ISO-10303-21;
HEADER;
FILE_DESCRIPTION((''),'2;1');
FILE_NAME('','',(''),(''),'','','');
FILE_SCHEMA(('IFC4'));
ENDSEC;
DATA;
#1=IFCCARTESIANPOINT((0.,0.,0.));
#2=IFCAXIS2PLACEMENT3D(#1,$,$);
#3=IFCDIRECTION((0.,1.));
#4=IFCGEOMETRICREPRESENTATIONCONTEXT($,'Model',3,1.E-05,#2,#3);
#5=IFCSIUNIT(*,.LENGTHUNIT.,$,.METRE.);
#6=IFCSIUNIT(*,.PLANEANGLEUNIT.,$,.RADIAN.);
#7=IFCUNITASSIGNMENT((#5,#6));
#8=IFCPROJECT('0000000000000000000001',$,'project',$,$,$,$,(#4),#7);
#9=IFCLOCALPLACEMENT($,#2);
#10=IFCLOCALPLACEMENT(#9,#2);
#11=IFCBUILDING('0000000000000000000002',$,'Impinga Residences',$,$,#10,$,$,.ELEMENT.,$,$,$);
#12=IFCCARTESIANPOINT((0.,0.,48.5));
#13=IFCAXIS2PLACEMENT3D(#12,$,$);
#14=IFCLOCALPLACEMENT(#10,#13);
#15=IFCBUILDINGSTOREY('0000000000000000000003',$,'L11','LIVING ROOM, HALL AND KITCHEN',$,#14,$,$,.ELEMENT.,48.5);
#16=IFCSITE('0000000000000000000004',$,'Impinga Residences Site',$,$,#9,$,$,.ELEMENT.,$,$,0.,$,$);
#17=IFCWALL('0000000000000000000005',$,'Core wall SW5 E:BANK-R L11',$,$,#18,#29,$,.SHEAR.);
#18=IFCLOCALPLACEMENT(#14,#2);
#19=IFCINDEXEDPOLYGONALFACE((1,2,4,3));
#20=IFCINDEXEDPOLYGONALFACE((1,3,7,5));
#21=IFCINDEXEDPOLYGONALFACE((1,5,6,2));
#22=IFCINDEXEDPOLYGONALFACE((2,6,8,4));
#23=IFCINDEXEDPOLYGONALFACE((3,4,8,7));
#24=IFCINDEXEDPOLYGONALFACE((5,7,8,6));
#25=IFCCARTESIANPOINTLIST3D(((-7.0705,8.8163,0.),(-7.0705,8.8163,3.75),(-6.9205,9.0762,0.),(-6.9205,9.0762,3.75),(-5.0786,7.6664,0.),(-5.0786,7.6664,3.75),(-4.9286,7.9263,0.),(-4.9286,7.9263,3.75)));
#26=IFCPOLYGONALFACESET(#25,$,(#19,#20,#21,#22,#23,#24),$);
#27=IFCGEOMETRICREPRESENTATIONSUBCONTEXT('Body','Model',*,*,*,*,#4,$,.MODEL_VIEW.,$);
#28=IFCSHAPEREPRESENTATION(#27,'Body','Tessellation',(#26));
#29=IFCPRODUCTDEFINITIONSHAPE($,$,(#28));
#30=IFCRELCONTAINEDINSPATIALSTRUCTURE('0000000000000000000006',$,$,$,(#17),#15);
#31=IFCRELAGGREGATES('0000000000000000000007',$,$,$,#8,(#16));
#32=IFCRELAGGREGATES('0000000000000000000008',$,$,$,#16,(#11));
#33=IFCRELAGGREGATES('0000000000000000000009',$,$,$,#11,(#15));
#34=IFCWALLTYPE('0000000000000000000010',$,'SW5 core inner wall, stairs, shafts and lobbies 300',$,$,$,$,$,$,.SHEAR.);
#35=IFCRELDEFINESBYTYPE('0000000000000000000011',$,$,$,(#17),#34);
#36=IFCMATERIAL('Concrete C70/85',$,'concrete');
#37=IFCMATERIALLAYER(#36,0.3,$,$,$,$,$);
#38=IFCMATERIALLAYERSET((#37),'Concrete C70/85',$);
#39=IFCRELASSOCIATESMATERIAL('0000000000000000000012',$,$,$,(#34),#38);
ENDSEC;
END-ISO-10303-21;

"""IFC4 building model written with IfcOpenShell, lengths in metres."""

from ifc_helpers import new_model, si_unit, direction, frame, frame_2d, origin, place, context, subcontext, project, spatial, rectangle, extrude, material, layer, layer_set, type_object, element, save


model = new_model("IFC4")

# Units and contexts
model_context = context("Model", 3, precision=1e-05, world=origin(), true_north=direction((0.0, 1.0)))
body_context = subcontext(model_context, "Body", "Model", "MODEL_VIEW")
ifc_project = project(units=[si_unit("LENGTHUNIT", "METRE"), si_unit("PLANEANGLEUNIT", "RADIAN")], contexts=[model_context])

# Site, building, storey
site_placement = place(None, origin())
site = spatial("IfcSite", under=ifc_project, at=site_placement, Name="Impinga Residences Site", CompositionType="ELEMENT", RefElevation=0.0)
building_placement = place(site_placement, origin())
building = spatial("IfcBuilding", under=site, at=building_placement, Name="Impinga Residences", CompositionType="ELEMENT")
storey_placement = place(building_placement, frame((0.0, 0.0, 48.5)))
storey = spatial("IfcBuildingStorey", under=building, at=storey_placement, Name="L11", Description="LIVING ROOM, HALL AND KITCHEN", CompositionType="ELEMENT", Elevation=48.5)

# Shared definitions
ifc_material_1 = material(Name="Concrete C70/85", Category="concrete")

# Shared definitions
ifc_layer_1 = layer(ifc_material_1, 0.3)
ifc_layer_set_1 = layer_set([ifc_layer_1], Name="Concrete C70/85")
wall_type_1 = type_object("IfcWallType", Name="SW5 core inner wall, stairs, shafts and lobbies 300", PredefinedType="SHEAR", material=ifc_layer_set_1)

# Wall
wall_1_placement = place(storey_placement, frame((-5.0037, 7.7964, 0.0), z_axis=(0.0, 0.0, 1.0), x_axis=(-0.866053, 0.499952, 0.0)))
element("IfcWall", 1, at=wall_1_placement, inside=storey, type_object=wall_type_1, Name="Core wall SW5 E:BANK-R L11", PredefinedType="SHEAR", context=body_context, shape_type="SweptSolid", body=[
    extrude(rectangle(XDim=2.3, YDim=0.3, at=frame_2d((1.1499, 0.0))), origin(), (0.0, 0.0, 1.0), 3.75),
])

save(model, "model.ifc")
